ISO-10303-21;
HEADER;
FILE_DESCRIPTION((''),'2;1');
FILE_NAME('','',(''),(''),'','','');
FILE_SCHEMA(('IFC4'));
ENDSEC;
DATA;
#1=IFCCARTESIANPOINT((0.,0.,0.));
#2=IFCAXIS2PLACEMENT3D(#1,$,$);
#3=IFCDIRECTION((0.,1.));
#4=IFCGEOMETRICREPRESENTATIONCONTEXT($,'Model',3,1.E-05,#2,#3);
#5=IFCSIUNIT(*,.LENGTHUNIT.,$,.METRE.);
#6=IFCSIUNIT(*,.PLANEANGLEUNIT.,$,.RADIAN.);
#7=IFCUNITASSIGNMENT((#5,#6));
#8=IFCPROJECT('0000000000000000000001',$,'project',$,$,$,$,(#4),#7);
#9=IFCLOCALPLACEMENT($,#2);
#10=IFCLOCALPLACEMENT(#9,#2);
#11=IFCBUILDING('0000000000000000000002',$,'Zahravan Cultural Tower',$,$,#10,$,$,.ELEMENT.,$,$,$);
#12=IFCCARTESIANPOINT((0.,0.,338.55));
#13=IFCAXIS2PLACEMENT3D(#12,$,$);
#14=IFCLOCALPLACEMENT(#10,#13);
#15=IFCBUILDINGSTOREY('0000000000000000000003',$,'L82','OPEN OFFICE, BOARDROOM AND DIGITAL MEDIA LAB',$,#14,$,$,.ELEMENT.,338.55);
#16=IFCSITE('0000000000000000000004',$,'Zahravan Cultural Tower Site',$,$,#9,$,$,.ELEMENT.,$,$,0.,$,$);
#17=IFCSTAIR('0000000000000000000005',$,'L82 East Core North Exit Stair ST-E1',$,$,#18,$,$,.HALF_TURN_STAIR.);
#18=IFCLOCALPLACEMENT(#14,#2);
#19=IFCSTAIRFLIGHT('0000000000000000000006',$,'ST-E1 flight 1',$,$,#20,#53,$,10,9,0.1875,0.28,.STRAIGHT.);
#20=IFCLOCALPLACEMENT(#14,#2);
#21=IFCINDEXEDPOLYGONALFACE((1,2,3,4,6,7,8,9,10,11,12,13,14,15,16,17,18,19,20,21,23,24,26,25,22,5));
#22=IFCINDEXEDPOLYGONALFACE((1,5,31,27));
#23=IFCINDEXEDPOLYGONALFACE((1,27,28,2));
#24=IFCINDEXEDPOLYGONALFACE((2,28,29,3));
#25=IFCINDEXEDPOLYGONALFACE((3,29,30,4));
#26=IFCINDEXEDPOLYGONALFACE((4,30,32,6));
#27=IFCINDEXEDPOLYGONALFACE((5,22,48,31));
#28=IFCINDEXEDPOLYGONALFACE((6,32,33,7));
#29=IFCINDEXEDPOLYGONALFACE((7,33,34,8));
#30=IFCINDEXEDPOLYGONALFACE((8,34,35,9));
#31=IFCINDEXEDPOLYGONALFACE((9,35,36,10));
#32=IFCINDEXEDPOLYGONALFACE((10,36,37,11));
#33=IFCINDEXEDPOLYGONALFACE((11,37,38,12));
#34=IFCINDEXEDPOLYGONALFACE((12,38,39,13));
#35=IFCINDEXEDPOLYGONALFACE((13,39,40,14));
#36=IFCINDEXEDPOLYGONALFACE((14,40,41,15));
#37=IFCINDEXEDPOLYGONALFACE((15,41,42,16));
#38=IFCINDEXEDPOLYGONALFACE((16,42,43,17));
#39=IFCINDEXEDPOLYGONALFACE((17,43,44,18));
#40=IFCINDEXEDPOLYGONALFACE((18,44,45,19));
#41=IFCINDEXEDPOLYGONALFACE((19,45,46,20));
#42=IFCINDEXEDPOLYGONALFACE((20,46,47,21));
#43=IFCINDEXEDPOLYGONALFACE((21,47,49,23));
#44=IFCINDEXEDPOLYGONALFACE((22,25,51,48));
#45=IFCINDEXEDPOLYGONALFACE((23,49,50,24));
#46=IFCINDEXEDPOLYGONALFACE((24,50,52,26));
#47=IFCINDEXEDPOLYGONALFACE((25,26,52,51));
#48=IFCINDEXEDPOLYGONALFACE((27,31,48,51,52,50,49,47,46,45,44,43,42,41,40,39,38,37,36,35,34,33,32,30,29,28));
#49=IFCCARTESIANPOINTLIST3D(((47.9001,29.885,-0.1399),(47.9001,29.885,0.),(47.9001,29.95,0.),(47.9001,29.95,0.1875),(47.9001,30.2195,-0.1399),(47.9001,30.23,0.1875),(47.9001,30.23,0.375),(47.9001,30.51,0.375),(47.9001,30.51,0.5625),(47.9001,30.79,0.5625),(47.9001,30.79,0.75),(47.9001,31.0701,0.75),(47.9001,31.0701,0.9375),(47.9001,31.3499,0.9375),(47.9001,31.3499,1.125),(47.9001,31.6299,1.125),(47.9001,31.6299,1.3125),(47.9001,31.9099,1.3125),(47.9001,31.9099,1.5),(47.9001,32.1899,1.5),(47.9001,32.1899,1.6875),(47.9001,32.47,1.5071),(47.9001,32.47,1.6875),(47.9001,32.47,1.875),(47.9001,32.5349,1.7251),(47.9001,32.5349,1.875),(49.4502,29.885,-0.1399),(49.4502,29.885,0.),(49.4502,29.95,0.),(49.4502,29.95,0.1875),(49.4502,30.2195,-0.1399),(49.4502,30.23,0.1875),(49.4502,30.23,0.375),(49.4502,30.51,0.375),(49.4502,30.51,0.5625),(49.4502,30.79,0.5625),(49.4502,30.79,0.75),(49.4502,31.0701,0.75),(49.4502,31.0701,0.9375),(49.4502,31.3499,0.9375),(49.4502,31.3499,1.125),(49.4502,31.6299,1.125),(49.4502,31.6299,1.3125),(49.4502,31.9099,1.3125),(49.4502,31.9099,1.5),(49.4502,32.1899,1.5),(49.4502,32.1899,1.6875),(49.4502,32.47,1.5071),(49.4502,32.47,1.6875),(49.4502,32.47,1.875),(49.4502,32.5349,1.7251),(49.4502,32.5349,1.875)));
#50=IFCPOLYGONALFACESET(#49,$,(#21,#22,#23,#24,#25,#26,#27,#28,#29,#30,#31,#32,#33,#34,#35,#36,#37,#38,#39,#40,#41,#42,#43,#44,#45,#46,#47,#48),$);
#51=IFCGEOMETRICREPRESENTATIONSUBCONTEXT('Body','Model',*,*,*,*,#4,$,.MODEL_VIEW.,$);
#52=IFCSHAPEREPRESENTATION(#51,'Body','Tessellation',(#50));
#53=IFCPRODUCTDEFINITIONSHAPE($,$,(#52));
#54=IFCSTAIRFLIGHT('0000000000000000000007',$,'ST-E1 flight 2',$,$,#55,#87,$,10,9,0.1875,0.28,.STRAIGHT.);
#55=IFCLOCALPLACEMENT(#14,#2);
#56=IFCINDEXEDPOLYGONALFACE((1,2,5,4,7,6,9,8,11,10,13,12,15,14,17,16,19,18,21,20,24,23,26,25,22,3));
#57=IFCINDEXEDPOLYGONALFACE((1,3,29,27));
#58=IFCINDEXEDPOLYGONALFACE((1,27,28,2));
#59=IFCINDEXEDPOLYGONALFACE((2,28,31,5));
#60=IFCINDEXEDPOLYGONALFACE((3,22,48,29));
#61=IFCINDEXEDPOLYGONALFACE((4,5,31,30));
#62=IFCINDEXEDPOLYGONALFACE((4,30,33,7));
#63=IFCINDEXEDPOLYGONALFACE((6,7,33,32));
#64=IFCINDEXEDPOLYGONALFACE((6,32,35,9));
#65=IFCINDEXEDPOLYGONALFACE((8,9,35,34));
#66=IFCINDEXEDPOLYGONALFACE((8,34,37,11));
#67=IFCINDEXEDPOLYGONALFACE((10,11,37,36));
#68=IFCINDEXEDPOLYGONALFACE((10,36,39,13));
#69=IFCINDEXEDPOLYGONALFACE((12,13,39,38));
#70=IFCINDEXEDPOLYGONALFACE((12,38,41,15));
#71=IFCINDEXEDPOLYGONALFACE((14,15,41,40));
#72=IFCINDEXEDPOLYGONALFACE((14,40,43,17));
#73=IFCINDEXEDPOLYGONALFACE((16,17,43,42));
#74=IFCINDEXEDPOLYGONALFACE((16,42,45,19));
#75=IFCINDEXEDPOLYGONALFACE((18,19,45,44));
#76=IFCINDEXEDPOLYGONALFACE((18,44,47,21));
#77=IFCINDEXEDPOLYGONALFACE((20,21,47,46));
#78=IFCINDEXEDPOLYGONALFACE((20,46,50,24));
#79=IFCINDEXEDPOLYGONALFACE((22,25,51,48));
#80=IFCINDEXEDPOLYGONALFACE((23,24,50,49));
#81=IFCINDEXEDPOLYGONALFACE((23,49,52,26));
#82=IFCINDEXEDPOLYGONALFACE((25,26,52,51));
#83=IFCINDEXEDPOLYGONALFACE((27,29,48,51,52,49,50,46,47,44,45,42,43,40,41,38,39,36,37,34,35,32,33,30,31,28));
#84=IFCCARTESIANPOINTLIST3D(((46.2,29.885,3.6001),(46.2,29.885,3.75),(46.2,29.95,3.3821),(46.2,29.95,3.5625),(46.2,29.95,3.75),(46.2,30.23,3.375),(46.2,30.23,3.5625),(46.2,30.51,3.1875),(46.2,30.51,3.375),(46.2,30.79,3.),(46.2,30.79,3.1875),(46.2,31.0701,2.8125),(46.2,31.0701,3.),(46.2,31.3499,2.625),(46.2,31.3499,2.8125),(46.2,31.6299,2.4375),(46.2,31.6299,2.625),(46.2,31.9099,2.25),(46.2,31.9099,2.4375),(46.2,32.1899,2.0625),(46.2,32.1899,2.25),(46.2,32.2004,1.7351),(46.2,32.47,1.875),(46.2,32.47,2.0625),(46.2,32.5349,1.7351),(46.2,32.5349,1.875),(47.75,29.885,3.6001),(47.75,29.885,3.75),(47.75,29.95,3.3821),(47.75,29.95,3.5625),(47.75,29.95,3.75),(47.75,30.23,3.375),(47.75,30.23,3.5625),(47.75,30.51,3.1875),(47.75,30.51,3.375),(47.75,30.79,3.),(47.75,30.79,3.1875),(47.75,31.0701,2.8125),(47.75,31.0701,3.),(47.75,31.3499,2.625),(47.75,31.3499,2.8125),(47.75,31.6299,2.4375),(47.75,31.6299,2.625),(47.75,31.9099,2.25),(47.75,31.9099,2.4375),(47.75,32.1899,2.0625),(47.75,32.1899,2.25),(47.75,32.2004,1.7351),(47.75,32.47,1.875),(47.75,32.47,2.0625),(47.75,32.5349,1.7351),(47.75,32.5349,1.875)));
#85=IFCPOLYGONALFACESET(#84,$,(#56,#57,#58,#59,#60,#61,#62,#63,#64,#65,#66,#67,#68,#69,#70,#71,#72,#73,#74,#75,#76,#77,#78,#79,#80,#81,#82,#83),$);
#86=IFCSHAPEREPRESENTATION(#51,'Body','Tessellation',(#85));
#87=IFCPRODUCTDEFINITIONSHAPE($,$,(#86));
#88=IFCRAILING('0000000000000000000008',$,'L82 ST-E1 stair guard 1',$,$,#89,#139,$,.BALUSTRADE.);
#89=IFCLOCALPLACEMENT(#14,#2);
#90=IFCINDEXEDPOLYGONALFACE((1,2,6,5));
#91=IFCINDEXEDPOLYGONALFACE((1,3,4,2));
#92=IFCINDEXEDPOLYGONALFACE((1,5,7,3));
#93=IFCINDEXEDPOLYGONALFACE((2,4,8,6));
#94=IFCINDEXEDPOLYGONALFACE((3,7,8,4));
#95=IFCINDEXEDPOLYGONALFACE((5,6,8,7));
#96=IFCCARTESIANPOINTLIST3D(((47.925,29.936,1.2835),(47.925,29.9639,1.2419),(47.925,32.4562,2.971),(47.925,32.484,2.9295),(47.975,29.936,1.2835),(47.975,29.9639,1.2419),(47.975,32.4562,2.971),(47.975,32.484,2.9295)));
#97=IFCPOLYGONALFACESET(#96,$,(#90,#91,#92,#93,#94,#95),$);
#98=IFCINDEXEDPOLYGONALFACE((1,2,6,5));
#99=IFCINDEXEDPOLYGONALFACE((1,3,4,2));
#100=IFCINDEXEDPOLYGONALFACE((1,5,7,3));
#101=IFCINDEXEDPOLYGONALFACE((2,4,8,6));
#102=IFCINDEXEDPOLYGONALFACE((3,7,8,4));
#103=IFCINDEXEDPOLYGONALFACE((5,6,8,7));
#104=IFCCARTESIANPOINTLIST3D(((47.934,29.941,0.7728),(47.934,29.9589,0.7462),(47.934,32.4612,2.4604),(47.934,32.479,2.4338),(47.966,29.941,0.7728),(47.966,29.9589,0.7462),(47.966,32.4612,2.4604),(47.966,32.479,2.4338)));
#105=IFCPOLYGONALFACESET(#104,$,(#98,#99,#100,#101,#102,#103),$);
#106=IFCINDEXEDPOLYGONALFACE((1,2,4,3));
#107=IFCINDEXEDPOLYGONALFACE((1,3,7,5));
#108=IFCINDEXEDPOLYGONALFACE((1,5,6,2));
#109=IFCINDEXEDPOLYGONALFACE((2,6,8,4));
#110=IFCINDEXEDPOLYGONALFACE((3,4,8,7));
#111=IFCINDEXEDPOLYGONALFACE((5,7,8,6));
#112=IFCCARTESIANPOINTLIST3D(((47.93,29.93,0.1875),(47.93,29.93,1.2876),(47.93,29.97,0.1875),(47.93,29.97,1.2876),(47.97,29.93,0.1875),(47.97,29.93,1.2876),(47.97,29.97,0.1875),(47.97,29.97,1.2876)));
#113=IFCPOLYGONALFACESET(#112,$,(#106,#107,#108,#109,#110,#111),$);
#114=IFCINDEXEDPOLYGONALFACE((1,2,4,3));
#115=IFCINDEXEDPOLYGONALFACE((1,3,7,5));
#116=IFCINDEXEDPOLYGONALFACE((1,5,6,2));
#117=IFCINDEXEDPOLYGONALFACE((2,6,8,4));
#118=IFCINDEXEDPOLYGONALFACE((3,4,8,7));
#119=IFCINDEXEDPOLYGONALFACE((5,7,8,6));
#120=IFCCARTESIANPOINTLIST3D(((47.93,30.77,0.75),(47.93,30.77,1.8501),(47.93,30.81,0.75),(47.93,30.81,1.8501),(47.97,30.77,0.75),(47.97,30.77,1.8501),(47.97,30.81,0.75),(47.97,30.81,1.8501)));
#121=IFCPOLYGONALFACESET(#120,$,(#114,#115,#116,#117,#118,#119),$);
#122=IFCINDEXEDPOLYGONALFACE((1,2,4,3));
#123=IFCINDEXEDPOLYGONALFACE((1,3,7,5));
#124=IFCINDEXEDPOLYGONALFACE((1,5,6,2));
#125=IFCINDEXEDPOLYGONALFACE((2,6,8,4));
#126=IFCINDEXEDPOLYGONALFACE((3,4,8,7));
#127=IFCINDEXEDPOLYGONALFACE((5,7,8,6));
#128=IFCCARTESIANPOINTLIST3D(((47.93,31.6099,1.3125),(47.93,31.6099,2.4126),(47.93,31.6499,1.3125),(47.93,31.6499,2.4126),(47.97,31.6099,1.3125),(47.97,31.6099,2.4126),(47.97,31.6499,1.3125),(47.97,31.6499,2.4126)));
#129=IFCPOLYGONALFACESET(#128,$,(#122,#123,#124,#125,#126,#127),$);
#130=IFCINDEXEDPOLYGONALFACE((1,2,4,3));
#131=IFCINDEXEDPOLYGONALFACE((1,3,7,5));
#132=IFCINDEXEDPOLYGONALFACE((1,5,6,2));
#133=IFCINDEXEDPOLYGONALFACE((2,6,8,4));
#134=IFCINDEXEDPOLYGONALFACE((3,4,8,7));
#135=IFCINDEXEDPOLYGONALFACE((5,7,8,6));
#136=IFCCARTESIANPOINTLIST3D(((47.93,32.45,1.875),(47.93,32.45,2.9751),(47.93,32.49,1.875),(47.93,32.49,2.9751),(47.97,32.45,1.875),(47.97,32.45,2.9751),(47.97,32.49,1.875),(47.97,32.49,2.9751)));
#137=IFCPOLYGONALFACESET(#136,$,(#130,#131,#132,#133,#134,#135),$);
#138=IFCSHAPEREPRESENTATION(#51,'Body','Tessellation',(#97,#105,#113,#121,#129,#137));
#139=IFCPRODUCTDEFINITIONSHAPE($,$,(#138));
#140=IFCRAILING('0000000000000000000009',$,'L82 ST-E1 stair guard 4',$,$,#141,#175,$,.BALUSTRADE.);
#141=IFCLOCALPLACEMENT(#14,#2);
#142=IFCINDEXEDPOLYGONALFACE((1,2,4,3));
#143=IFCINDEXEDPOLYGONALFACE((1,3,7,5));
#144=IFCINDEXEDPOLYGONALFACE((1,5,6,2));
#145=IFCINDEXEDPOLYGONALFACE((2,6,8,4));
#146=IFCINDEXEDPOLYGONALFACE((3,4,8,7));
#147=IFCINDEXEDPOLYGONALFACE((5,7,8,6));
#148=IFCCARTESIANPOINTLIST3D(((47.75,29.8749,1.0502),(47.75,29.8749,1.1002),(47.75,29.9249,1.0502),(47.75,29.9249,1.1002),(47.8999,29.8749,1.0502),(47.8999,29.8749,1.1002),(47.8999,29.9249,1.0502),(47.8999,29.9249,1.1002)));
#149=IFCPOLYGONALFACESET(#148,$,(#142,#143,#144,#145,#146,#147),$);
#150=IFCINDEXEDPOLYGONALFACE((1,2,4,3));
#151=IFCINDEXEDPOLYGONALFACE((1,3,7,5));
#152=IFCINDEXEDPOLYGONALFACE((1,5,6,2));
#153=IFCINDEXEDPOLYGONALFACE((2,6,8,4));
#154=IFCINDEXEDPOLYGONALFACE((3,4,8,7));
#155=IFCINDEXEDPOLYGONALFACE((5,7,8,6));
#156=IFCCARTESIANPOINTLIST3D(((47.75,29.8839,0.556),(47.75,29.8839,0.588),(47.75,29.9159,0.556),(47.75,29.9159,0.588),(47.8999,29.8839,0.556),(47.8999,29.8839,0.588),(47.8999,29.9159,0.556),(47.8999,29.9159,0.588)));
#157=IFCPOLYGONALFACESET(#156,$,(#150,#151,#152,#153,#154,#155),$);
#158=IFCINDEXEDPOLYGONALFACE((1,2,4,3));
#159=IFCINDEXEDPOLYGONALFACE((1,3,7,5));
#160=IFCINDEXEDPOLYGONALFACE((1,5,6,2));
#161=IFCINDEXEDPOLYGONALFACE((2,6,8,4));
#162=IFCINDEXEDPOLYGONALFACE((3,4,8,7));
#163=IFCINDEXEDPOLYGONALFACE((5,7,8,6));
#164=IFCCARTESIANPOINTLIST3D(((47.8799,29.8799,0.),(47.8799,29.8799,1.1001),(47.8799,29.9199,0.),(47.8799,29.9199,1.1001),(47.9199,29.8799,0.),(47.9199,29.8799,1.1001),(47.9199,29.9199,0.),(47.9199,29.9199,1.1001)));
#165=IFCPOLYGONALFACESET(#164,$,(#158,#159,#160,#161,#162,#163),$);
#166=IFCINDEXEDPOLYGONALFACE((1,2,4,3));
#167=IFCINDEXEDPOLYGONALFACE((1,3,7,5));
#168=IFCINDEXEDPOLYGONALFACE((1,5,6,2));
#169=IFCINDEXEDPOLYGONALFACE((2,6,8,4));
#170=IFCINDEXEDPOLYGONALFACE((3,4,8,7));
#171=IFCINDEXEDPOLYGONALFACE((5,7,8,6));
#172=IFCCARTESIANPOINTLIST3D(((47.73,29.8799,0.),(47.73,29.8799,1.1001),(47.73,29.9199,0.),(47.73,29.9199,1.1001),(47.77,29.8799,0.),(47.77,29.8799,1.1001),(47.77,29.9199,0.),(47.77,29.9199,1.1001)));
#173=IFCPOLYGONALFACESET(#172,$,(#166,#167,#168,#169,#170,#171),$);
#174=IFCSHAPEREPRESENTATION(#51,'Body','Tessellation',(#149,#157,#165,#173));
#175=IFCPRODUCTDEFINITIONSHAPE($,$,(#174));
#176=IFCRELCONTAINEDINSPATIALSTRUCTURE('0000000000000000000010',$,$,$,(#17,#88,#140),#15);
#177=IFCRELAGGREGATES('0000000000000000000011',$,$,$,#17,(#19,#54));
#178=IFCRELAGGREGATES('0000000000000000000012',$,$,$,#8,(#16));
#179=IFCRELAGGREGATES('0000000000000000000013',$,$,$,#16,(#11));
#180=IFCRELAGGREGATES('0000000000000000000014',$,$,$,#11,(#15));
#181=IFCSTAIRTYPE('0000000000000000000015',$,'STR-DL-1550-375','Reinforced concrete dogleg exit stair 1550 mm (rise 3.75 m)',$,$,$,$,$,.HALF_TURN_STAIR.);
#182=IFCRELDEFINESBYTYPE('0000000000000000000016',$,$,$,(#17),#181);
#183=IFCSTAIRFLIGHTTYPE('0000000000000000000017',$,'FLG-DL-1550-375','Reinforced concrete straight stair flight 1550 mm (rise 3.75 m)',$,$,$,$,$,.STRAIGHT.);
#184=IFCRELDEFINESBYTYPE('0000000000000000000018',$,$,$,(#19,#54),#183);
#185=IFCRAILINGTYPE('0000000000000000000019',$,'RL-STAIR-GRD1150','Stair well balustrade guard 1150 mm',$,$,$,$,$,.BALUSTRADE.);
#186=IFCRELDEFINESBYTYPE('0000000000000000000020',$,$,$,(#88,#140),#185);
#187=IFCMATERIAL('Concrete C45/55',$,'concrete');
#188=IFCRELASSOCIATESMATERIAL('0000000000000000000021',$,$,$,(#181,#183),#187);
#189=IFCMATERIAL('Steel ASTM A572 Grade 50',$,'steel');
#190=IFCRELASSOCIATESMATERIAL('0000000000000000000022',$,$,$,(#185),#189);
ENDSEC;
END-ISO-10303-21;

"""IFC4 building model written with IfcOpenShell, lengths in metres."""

from ifc_helpers import new_model, si_unit, direction, frame, origin, origin_2d, place, context, subcontext, project, spatial, polyline, rectangle, outline, extrude, material, type_object, element, aggregate, save


model = new_model("IFC4")

# Units and contexts
model_context = context("Model", 3, precision=1e-05, world=origin(), true_north=direction((0.0, 1.0)))
body_context = subcontext(model_context, "Body", "Model", "MODEL_VIEW")
ifc_project = project(units=[si_unit("LENGTHUNIT", "METRE"), si_unit("PLANEANGLEUNIT", "RADIAN")], contexts=[model_context])

# Site, building, storey
site_placement = place(None, origin())
site = spatial("IfcSite", under=ifc_project, at=site_placement, Name="Zahravan Cultural Tower Site", CompositionType="ELEMENT", RefElevation=0.0)
building_placement = place(site_placement, origin())
building = spatial("IfcBuilding", under=site, at=building_placement, Name="Zahravan Cultural Tower", CompositionType="ELEMENT")
storey_placement = place(building_placement, frame((0.0, 0.0, 338.55)))
storey = spatial("IfcBuildingStorey", under=building, at=storey_placement, Name="L82", Description="OPEN OFFICE, BOARDROOM AND DIGITAL MEDIA LAB", CompositionType="ELEMENT", Elevation=338.55)

# Stair, stair flights
ifc_material_1 = material(Name="Concrete C45/55", Category="concrete")
stair_type = type_object("IfcStairType", Name="STR-DL-1550-375", Description="Reinforced concrete dogleg exit stair 1550 mm (rise 3.75 m)", PredefinedType="HALF_TURN_STAIR", material=ifc_material_1)
stair_placement = place(storey_placement, origin())
stair = element("IfcStair", 1, at=stair_placement, inside=storey, type_object=stair_type, Name="L82 East Core North Exit Stair ST-E1", PredefinedType="HALF_TURN_STAIR")
stair_flight_type = type_object("IfcStairFlightType", Name="FLG-DL-1550-375", Description="Reinforced concrete straight stair flight 1550 mm (rise 3.75 m)", PredefinedType="STRAIGHT", material=ifc_material_1)
stair_flight_1_placement = place(storey_placement, frame((48.675, 29.95, 0.0), z_axis=(0.0, 0.0, 1.0), x_axis=(0.0, 1.0, 0.0)))
stair_flight_1 = element("IfcStairFlight", 2, at=stair_flight_1_placement, type_object=stair_flight_type, Name="ST-E1 flight 1", NumberOfRisers=10, NumberOfTreads=9, PredefinedType="STRAIGHT", RiserHeight=0.1875, TreadLength=0.28, context=body_context, shape_type="SweptSolid", body=[
    extrude(outline(polyline([(-0.0649, -0.1399), (-0.0649, 0.0), (0.0, 0.0), (0.0, 0.1875), (0.28, 0.1875), (0.28, 0.375), (0.5601, 0.375), (0.5601, 0.5625), (0.8401, 0.5625), (0.8401, 0.75), (1.1201, 0.75), (1.1201, 0.9375), (1.3999, 0.9375), (1.3999, 1.125), (1.6799, 1.125), (1.6799, 1.3125), (1.96, 1.3125), (1.96, 1.5), (2.24, 1.5), (2.24, 1.6875), (2.52, 1.6875), (2.52, 1.875), (2.585, 1.875), (2.585, 1.7251), (2.52, 1.5071), (0.2695, -0.1399), (-0.0649, -0.1399)])), frame((0.0, 0.7749, 0.0), z_axis=(0.0, -1.0, 0.0), x_axis=(1.0, 0.0, 0.0)), (0.0, 0.0, 1.0), 1.55),
])
stair_flight_2_placement = place(storey_placement, frame((46.9751, 32.47, 1.875), z_axis=(0.0, 0.0, 1.0), x_axis=(0.0, -1.0, 0.0)))
stair_flight_2 = element("IfcStairFlight", 3, at=stair_flight_2_placement, type_object=stair_flight_type, Name="ST-E1 flight 2", NumberOfRisers=10, NumberOfTreads=9, PredefinedType="STRAIGHT", RiserHeight=0.1875, TreadLength=0.28, context=body_context, shape_type="SweptSolid", body=[
    extrude(outline(polyline([(-0.0649, -0.1399), (-0.0649, 0.0), (0.0, 0.0), (0.0, 0.1875), (0.28, 0.1875), (0.28, 0.375), (0.5601, 0.375), (0.5601, 0.5625), (0.8401, 0.5625), (0.8401, 0.75), (1.1201, 0.75), (1.1201, 0.9375), (1.3999, 0.9375), (1.3999, 1.125), (1.6799, 1.125), (1.6799, 1.3125), (1.96, 1.3125), (1.96, 1.5), (2.24, 1.5), (2.24, 1.6875), (2.52, 1.6875), (2.52, 1.875), (2.585, 1.875), (2.585, 1.7251), (2.52, 1.5071), (0.2695, -0.1399), (-0.0649, -0.1399)])), frame((0.0, 0.7749, 0.0), z_axis=(0.0, -1.0, 0.0), x_axis=(1.0, 0.0, 0.0)), (0.0, 0.0, 1.0), 1.55),
])
aggregate(stair, [stair_flight_1, stair_flight_2])

# Railings
ifc_material_2 = material(Name="Steel ASTM A572 Grade 50", Category="steel")
railing_type_1 = type_object("IfcRailingType", Name="RL-STAIR-GRD1150", Description="Stair well balustrade guard 1150 mm", PredefinedType="BALUSTRADE", material=ifc_material_2)
railing_1_placement = place(storey_placement, frame((47.95, 29.95, 0.1875)))
element("IfcRailing", 4, at=railing_1_placement, inside=storey, type_object=railing_type_1, Name="L82 ST-E1 stair guard 1", PredefinedType="BALUSTRADE", context=body_context, shape_type="SweptSolid", body=[
    extrude(rectangle(XDim=0.05, YDim=0.05, at=origin_2d()), frame((0.0, 0.0, 1.0752), z_axis=(0.0, 0.830909, 0.556408), x_axis=(-1.0, 0.0, 0.0)), (0.0, 0.0, 1.0), 3.033),
    extrude(rectangle(XDim=0.032, YDim=0.032, at=origin_2d()), frame((0.0, 0.0, 0.572), z_axis=(0.0, 0.830909, 0.556408), x_axis=(-1.0, 0.0, 0.0)), (0.0, 0.0, 1.0), 3.033),
    extrude(rectangle(XDim=0.04, YDim=0.04, at=origin_2d()), origin(), (0.0, 0.0, 1.0), 1.1001),
    extrude(rectangle(XDim=0.04, YDim=0.04, at=origin_2d()), frame((0.0, 0.8401, 0.5625)), (0.0, 0.0, 1.0), 1.1001),
    extrude(rectangle(XDim=0.04, YDim=0.04, at=origin_2d()), frame((0.0, 1.6799, 1.125)), (0.0, 0.0, 1.0), 1.1001),
    extrude(rectangle(XDim=0.04, YDim=0.04, at=origin_2d()), frame((0.0, 2.52, 1.6875)), (0.0, 0.0, 1.0), 1.1001),
])
railing_2_placement = place(storey_placement, frame((47.8999, 29.8999, 0.0)))
element("IfcRailing", 5, at=railing_2_placement, inside=storey, type_object=railing_type_1, Name="L82 ST-E1 stair guard 4", PredefinedType="BALUSTRADE", context=body_context, shape_type="SweptSolid", body=[
    extrude(rectangle(XDim=0.05, YDim=0.05, at=origin_2d()), frame((0.0, 0.0, 1.0752), z_axis=(-1.0, 0.0, 0.0), x_axis=(0.0, -1.0, 0.0)), (0.0, 0.0, 1.0), 0.1499),
    extrude(rectangle(XDim=0.032, YDim=0.032, at=origin_2d()), frame((0.0, 0.0, 0.572), z_axis=(-1.0, 0.0, 0.0), x_axis=(0.0, -1.0, 0.0)), (0.0, 0.0, 1.0), 0.1499),
    extrude(rectangle(XDim=0.04, YDim=0.04, at=origin_2d()), origin(), (0.0, 0.0, 1.0), 1.1001),
    extrude(rectangle(XDim=0.04, YDim=0.04, at=origin_2d()), frame((-0.1499, 0.0, 0.0)), (0.0, 0.0, 1.0), 1.1001),
])

save(model, "model.ifc")
